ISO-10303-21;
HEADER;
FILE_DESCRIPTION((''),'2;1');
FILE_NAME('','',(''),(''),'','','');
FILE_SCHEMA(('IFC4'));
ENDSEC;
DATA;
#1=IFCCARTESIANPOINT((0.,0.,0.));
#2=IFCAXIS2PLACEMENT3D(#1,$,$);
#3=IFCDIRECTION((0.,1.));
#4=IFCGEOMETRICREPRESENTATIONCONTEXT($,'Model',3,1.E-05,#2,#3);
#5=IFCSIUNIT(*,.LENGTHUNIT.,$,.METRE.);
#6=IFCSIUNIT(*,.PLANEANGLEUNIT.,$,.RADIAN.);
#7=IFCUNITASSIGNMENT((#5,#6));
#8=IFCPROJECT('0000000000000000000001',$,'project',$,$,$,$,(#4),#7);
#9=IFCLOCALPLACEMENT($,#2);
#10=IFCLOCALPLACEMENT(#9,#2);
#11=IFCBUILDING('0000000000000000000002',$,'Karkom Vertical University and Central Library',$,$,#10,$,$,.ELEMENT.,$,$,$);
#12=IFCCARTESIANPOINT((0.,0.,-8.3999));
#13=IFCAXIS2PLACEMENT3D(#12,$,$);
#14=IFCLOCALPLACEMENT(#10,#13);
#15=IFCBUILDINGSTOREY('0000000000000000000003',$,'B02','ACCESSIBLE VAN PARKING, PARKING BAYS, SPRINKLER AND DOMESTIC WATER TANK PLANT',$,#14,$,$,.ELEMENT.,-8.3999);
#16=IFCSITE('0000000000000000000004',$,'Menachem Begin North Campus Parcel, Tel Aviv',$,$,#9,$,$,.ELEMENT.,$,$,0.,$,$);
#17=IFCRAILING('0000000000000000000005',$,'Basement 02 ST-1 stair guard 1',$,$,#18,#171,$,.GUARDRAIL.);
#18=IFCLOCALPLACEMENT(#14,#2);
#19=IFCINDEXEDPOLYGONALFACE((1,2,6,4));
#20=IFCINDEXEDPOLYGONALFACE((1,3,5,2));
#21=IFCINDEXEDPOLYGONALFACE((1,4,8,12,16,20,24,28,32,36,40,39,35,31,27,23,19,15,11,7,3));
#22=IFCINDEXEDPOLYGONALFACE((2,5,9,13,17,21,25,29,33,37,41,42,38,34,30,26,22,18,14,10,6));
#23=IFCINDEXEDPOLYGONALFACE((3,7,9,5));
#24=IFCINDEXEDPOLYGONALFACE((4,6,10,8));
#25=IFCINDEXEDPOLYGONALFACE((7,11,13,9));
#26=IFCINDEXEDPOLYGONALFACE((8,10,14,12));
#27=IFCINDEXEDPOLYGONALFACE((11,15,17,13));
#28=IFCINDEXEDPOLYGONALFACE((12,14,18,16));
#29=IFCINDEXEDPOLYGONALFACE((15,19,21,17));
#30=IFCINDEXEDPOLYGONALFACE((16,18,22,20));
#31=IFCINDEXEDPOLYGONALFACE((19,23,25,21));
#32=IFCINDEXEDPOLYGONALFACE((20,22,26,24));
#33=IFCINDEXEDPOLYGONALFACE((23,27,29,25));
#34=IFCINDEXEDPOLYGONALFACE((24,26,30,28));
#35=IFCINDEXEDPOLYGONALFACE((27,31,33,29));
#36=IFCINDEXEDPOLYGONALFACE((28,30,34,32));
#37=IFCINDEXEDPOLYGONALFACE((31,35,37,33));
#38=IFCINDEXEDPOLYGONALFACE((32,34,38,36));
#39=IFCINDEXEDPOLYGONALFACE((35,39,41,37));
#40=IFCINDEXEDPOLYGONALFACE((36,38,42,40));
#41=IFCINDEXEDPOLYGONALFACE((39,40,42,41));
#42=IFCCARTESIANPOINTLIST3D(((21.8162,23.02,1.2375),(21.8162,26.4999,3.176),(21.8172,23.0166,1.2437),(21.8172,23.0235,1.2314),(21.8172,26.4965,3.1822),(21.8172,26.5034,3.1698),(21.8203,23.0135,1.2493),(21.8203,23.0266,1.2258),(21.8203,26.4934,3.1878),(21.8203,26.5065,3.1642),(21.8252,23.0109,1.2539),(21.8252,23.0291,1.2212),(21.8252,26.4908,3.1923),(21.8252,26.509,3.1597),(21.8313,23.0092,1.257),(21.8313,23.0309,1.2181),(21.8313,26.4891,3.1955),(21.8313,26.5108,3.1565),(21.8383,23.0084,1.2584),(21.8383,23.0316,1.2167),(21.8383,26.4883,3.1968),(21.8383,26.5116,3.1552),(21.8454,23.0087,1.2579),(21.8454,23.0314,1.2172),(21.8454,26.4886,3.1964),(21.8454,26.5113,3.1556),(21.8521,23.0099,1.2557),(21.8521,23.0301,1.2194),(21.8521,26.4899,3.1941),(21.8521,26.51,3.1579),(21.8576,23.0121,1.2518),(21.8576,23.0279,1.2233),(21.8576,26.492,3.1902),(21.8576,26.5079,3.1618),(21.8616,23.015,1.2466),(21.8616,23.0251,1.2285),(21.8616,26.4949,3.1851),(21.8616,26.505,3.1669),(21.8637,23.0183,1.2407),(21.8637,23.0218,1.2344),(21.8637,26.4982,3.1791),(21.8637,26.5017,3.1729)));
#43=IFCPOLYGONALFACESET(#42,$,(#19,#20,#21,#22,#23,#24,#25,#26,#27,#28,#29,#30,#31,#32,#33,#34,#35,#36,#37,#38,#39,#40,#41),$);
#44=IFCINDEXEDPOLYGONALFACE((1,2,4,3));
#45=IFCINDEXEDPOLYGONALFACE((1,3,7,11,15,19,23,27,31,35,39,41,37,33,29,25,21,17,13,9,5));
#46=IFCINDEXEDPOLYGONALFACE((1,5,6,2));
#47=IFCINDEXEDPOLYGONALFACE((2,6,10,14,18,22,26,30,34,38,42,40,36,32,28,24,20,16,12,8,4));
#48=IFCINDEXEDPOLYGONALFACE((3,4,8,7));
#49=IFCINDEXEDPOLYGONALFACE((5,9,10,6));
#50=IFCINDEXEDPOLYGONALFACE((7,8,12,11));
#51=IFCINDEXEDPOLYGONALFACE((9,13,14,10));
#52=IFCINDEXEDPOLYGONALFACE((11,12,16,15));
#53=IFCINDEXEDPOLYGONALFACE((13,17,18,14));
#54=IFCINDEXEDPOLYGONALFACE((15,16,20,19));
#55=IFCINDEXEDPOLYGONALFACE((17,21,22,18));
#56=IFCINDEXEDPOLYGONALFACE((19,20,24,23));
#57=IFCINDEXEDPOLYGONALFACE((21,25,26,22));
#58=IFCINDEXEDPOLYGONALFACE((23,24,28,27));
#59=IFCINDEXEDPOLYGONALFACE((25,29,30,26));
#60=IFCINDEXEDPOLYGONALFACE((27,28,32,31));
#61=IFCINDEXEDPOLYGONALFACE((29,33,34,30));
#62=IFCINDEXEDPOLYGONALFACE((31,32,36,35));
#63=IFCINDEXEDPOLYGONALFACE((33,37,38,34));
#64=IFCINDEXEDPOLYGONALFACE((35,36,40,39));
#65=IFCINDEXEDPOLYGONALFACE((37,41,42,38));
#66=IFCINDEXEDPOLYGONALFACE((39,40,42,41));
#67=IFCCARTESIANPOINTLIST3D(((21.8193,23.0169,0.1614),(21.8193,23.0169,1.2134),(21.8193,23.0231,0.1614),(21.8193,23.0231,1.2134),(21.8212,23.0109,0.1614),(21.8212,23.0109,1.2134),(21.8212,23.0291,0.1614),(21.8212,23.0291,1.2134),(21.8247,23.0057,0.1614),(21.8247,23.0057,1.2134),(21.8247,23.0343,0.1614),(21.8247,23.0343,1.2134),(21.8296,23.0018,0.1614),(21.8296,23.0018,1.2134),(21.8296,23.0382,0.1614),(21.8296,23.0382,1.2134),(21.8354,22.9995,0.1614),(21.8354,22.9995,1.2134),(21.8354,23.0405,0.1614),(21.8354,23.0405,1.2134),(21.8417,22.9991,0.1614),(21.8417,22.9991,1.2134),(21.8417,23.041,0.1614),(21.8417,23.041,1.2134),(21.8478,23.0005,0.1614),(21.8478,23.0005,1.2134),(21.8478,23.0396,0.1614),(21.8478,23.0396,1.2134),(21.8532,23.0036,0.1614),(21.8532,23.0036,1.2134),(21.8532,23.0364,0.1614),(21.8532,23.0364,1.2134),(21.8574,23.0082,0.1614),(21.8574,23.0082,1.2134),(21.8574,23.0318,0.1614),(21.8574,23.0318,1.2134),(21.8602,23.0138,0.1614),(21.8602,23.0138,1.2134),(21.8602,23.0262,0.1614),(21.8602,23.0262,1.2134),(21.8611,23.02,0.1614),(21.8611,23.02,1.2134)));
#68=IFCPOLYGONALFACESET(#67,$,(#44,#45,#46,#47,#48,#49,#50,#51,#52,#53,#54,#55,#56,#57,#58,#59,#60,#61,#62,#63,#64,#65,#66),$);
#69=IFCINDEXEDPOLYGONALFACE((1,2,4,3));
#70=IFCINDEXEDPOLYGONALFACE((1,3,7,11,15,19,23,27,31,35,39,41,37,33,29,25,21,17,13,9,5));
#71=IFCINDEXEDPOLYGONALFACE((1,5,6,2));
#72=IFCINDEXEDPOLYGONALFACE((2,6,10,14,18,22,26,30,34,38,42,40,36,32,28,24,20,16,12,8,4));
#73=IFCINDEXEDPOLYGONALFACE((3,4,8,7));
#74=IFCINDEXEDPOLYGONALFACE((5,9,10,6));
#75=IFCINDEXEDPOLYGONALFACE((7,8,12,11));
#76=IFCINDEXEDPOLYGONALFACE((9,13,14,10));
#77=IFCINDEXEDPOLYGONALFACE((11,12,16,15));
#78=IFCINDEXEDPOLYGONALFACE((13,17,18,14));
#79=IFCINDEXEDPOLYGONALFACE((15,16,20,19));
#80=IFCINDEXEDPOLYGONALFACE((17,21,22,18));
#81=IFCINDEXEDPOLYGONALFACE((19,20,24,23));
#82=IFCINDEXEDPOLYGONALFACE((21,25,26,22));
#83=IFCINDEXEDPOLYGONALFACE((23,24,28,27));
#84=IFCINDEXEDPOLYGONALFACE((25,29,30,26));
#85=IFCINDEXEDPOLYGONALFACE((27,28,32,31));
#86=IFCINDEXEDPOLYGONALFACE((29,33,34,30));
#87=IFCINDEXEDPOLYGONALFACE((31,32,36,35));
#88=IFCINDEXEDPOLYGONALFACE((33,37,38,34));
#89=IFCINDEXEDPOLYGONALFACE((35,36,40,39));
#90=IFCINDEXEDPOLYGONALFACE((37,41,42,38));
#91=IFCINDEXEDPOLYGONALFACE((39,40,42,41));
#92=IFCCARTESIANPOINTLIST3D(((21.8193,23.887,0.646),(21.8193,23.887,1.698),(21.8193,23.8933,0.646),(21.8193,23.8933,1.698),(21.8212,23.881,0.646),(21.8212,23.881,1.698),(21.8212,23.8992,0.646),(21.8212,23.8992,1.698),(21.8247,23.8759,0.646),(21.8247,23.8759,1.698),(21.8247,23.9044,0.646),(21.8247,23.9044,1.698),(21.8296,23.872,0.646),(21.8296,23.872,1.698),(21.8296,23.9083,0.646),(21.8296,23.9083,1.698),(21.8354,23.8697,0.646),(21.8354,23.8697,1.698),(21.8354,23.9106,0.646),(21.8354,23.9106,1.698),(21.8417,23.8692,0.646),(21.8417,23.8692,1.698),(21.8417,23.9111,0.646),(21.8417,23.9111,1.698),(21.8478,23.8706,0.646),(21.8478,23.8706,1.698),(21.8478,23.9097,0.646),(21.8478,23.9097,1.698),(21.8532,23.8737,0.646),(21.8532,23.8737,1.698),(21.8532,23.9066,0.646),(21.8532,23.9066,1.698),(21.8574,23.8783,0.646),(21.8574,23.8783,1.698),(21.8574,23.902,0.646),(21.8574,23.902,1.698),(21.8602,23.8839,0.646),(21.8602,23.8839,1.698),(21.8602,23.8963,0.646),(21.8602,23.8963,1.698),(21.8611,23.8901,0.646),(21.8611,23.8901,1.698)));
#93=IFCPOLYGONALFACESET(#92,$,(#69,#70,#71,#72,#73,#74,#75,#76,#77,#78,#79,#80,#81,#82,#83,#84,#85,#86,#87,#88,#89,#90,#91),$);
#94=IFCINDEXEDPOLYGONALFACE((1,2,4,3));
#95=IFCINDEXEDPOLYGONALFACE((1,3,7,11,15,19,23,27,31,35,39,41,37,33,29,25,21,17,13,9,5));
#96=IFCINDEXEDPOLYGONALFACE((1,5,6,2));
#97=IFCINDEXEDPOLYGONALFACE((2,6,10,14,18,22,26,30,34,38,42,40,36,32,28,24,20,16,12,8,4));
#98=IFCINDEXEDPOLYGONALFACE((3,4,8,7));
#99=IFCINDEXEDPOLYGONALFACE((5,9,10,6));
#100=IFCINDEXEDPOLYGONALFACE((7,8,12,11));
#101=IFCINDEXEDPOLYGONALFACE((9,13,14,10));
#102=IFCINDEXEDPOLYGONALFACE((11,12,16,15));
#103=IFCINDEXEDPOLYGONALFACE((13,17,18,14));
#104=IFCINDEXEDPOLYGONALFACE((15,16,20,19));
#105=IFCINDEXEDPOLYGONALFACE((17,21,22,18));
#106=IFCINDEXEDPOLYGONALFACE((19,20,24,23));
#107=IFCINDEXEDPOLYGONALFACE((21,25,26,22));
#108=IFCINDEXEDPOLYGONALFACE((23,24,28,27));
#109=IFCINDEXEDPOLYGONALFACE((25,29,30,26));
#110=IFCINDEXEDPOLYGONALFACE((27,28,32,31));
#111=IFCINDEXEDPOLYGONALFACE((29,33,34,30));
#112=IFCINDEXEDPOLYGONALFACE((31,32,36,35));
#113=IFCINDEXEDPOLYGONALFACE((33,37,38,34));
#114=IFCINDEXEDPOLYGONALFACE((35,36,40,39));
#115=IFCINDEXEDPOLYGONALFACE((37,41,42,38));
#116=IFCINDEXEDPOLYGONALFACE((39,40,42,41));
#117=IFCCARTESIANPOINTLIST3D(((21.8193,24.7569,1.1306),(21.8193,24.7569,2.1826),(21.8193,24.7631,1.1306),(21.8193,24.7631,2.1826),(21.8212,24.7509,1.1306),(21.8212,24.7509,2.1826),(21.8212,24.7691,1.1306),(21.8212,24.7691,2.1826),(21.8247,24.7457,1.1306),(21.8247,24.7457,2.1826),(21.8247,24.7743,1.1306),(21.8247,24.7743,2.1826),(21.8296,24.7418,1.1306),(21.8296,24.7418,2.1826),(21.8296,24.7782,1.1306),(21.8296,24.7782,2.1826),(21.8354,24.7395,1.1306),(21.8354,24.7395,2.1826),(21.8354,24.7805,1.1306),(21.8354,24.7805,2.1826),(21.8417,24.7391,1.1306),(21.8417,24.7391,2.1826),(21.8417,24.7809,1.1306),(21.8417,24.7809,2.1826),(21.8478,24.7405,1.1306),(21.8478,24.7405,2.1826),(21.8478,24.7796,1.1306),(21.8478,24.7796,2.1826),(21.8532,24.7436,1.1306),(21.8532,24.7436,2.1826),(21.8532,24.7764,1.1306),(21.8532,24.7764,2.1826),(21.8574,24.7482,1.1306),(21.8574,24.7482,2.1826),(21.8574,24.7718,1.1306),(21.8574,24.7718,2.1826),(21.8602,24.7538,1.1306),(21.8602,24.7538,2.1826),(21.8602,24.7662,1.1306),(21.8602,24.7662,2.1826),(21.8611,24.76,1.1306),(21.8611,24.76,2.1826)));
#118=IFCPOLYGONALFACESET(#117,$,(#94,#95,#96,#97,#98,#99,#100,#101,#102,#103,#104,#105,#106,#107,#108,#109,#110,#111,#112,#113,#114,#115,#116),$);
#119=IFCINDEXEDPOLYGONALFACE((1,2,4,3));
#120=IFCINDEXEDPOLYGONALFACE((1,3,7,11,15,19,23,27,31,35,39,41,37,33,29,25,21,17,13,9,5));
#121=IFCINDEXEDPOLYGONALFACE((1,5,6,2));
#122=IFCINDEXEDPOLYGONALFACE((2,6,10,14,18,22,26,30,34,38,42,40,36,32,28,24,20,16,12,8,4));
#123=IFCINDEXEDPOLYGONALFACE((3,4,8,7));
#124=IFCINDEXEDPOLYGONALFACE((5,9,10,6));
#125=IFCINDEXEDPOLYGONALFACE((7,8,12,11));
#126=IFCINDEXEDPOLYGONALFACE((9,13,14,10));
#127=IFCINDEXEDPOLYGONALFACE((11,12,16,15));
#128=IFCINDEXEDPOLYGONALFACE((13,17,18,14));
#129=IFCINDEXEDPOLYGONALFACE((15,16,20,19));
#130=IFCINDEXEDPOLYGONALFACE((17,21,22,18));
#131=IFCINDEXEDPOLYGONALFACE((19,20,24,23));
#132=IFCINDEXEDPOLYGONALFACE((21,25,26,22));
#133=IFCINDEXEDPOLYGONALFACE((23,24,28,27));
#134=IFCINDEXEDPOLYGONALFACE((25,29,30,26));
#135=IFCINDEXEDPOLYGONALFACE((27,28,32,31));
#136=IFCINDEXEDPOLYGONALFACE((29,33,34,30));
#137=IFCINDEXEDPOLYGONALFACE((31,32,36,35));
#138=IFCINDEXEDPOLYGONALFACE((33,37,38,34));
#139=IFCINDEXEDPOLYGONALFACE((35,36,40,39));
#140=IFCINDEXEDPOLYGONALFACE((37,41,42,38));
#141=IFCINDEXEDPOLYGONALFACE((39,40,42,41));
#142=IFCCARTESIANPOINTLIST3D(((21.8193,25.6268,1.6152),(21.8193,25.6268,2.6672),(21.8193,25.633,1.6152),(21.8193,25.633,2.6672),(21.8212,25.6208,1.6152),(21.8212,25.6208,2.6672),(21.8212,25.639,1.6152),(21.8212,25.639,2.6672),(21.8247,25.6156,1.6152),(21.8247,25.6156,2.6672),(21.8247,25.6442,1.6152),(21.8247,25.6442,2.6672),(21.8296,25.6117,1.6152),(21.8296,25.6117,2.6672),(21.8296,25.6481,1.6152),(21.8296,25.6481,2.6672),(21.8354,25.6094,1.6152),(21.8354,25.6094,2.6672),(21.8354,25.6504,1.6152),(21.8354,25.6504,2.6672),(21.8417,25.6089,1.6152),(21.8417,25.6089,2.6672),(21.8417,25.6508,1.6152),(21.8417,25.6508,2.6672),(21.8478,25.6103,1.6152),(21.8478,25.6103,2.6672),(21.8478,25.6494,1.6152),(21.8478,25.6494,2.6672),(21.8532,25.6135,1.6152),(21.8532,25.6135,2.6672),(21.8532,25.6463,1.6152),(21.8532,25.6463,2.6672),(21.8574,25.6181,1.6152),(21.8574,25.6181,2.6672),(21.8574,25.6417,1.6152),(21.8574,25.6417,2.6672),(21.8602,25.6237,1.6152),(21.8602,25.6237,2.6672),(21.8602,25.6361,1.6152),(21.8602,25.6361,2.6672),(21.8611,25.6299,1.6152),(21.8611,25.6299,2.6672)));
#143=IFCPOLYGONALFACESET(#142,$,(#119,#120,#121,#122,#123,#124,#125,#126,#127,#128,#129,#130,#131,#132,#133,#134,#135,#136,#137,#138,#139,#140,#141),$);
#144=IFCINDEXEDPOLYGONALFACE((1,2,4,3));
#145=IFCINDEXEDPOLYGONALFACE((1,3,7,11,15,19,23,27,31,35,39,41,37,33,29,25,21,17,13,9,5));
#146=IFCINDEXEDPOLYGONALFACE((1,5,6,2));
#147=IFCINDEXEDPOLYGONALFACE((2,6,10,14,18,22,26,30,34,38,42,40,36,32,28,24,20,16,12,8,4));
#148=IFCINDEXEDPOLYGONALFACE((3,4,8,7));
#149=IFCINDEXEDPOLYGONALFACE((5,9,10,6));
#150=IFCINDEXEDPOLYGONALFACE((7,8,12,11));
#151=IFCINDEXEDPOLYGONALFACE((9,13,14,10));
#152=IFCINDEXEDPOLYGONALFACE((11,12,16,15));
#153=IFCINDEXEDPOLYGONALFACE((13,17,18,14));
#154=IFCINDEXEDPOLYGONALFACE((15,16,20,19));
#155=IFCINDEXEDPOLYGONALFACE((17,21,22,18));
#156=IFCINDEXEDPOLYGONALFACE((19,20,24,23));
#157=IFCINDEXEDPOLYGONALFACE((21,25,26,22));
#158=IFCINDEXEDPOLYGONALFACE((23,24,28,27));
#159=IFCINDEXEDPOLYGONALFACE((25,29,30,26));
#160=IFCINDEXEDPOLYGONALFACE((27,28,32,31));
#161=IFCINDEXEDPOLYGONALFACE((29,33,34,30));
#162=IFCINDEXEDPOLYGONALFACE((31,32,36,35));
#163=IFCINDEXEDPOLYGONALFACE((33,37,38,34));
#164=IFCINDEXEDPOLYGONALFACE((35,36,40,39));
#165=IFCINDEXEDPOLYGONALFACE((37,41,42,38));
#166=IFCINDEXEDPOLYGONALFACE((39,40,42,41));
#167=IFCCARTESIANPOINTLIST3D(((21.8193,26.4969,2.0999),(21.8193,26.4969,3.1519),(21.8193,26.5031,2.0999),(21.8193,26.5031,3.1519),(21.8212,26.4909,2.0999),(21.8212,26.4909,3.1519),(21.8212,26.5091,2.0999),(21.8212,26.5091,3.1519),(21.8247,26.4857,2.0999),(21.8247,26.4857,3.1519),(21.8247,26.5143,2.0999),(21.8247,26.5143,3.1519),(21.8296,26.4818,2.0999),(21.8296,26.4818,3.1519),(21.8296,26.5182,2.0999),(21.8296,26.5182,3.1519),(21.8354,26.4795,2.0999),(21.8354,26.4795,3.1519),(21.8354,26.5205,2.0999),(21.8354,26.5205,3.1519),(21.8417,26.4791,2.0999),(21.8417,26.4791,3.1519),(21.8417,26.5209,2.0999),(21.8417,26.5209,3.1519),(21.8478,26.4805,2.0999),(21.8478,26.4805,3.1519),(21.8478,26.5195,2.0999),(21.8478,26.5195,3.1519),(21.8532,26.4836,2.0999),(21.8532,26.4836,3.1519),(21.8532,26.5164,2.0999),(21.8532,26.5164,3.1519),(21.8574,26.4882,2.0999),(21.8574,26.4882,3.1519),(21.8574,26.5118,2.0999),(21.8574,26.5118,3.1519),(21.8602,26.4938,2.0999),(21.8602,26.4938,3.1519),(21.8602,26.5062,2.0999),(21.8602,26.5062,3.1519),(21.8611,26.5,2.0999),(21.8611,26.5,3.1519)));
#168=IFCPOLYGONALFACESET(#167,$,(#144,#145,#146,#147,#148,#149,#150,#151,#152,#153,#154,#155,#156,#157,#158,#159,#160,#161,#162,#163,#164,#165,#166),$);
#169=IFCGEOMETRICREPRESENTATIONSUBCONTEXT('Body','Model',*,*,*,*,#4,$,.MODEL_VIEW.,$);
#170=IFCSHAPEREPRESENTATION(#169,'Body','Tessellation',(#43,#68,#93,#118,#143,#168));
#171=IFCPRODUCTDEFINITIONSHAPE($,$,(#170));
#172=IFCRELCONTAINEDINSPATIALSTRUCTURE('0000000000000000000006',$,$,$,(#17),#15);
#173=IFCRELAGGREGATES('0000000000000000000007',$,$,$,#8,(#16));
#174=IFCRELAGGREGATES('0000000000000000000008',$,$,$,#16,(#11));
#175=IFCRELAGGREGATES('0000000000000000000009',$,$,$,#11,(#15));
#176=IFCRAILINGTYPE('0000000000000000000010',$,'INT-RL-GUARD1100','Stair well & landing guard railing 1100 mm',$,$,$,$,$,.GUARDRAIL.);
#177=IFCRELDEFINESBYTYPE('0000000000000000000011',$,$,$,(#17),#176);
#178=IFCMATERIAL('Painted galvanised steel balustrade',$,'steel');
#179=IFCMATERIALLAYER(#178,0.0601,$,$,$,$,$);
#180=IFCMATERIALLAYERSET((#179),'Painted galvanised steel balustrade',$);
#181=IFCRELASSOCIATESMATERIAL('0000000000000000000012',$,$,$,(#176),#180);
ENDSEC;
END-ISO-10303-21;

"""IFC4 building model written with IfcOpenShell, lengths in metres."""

from ifc_helpers import new_model, si_unit, direction, frame, origin, origin_2d, place, context, subcontext, project, spatial, circle, extrude, material, layer, layer_set, type_object, element, save


model = new_model("IFC4")

# Units and contexts
model_context = context("Model", 3, precision=1e-05, world=origin(), true_north=direction((0.0, 1.0)))
body_context = subcontext(model_context, "Body", "Model", "MODEL_VIEW")
ifc_project = project(units=[si_unit("LENGTHUNIT", "METRE"), si_unit("PLANEANGLEUNIT", "RADIAN")], contexts=[model_context])

# Site, building, storey
site_placement = place(None, origin())
site = spatial("IfcSite", under=ifc_project, at=site_placement, Name="Menachem Begin North Campus Parcel, Tel Aviv", CompositionType="ELEMENT", RefElevation=0.0)
building_placement = place(site_placement, origin())
building = spatial("IfcBuilding", under=site, at=building_placement, Name="Karkom Vertical University and Central Library", CompositionType="ELEMENT")
storey_placement = place(building_placement, frame((0.0, 0.0, -8.3999)))
storey = spatial("IfcBuildingStorey", under=building, at=storey_placement, Name="B02", Description="ACCESSIBLE VAN PARKING, PARKING BAYS, SPRINKLER AND DOMESTIC WATER TANK PLANT", CompositionType="ELEMENT", Elevation=-8.3999)

# Railing
ifc_material_1 = material(Name="Painted galvanised steel balustrade", Category="steel")
ifc_layer_1 = layer(ifc_material_1, 0.0601)
ifc_layer_set_1 = layer_set([ifc_layer_1], Name="Painted galvanised steel balustrade")
railing_type_1 = type_object("IfcRailingType", Name="INT-RL-GUARD1100", Description="Stair well & landing guard railing 1100 mm", PredefinedType="GUARDRAIL", material=ifc_layer_set_1)
railing_1_placement = place(storey_placement, frame((21.8401, 23.02, 0.1614)))
element("IfcRailing", 1, at=railing_1_placement, inside=storey, type_object=railing_type_1, Name="Basement 02 ST-1 stair guard 1", PredefinedType="GUARDRAIL", context=body_context, shape_type="SweptSolid", body=[
    extrude(circle(Radius=0.0239, at=origin_2d()), frame((0.0, 0.0, 1.0762), z_axis=(0.0, 0.873607, 0.486631), x_axis=(-1.0, 0.0, 0.0)), (0.0, 0.0, 1.0), 3.9834),
    extrude(circle(Radius=0.021, at=origin_2d()), origin(), (0.0, 0.0, 1.0), 1.052),
    extrude(circle(Radius=0.021, at=origin_2d()), frame((0.0, 0.8701, 0.4846)), (0.0, 0.0, 1.0), 1.052),
    extrude(circle(Radius=0.021, at=origin_2d()), frame((0.0, 1.74, 0.9692)), (0.0, 0.0, 1.0), 1.052),
    extrude(circle(Radius=0.021, at=origin_2d()), frame((0.0, 2.6099, 1.4539)), (0.0, 0.0, 1.0), 1.052),
    extrude(circle(Radius=0.021, at=origin_2d()), frame((0.0, 3.48, 1.9385)), (0.0, 0.0, 1.0), 1.052),
])

save(model, "model.ifc")
